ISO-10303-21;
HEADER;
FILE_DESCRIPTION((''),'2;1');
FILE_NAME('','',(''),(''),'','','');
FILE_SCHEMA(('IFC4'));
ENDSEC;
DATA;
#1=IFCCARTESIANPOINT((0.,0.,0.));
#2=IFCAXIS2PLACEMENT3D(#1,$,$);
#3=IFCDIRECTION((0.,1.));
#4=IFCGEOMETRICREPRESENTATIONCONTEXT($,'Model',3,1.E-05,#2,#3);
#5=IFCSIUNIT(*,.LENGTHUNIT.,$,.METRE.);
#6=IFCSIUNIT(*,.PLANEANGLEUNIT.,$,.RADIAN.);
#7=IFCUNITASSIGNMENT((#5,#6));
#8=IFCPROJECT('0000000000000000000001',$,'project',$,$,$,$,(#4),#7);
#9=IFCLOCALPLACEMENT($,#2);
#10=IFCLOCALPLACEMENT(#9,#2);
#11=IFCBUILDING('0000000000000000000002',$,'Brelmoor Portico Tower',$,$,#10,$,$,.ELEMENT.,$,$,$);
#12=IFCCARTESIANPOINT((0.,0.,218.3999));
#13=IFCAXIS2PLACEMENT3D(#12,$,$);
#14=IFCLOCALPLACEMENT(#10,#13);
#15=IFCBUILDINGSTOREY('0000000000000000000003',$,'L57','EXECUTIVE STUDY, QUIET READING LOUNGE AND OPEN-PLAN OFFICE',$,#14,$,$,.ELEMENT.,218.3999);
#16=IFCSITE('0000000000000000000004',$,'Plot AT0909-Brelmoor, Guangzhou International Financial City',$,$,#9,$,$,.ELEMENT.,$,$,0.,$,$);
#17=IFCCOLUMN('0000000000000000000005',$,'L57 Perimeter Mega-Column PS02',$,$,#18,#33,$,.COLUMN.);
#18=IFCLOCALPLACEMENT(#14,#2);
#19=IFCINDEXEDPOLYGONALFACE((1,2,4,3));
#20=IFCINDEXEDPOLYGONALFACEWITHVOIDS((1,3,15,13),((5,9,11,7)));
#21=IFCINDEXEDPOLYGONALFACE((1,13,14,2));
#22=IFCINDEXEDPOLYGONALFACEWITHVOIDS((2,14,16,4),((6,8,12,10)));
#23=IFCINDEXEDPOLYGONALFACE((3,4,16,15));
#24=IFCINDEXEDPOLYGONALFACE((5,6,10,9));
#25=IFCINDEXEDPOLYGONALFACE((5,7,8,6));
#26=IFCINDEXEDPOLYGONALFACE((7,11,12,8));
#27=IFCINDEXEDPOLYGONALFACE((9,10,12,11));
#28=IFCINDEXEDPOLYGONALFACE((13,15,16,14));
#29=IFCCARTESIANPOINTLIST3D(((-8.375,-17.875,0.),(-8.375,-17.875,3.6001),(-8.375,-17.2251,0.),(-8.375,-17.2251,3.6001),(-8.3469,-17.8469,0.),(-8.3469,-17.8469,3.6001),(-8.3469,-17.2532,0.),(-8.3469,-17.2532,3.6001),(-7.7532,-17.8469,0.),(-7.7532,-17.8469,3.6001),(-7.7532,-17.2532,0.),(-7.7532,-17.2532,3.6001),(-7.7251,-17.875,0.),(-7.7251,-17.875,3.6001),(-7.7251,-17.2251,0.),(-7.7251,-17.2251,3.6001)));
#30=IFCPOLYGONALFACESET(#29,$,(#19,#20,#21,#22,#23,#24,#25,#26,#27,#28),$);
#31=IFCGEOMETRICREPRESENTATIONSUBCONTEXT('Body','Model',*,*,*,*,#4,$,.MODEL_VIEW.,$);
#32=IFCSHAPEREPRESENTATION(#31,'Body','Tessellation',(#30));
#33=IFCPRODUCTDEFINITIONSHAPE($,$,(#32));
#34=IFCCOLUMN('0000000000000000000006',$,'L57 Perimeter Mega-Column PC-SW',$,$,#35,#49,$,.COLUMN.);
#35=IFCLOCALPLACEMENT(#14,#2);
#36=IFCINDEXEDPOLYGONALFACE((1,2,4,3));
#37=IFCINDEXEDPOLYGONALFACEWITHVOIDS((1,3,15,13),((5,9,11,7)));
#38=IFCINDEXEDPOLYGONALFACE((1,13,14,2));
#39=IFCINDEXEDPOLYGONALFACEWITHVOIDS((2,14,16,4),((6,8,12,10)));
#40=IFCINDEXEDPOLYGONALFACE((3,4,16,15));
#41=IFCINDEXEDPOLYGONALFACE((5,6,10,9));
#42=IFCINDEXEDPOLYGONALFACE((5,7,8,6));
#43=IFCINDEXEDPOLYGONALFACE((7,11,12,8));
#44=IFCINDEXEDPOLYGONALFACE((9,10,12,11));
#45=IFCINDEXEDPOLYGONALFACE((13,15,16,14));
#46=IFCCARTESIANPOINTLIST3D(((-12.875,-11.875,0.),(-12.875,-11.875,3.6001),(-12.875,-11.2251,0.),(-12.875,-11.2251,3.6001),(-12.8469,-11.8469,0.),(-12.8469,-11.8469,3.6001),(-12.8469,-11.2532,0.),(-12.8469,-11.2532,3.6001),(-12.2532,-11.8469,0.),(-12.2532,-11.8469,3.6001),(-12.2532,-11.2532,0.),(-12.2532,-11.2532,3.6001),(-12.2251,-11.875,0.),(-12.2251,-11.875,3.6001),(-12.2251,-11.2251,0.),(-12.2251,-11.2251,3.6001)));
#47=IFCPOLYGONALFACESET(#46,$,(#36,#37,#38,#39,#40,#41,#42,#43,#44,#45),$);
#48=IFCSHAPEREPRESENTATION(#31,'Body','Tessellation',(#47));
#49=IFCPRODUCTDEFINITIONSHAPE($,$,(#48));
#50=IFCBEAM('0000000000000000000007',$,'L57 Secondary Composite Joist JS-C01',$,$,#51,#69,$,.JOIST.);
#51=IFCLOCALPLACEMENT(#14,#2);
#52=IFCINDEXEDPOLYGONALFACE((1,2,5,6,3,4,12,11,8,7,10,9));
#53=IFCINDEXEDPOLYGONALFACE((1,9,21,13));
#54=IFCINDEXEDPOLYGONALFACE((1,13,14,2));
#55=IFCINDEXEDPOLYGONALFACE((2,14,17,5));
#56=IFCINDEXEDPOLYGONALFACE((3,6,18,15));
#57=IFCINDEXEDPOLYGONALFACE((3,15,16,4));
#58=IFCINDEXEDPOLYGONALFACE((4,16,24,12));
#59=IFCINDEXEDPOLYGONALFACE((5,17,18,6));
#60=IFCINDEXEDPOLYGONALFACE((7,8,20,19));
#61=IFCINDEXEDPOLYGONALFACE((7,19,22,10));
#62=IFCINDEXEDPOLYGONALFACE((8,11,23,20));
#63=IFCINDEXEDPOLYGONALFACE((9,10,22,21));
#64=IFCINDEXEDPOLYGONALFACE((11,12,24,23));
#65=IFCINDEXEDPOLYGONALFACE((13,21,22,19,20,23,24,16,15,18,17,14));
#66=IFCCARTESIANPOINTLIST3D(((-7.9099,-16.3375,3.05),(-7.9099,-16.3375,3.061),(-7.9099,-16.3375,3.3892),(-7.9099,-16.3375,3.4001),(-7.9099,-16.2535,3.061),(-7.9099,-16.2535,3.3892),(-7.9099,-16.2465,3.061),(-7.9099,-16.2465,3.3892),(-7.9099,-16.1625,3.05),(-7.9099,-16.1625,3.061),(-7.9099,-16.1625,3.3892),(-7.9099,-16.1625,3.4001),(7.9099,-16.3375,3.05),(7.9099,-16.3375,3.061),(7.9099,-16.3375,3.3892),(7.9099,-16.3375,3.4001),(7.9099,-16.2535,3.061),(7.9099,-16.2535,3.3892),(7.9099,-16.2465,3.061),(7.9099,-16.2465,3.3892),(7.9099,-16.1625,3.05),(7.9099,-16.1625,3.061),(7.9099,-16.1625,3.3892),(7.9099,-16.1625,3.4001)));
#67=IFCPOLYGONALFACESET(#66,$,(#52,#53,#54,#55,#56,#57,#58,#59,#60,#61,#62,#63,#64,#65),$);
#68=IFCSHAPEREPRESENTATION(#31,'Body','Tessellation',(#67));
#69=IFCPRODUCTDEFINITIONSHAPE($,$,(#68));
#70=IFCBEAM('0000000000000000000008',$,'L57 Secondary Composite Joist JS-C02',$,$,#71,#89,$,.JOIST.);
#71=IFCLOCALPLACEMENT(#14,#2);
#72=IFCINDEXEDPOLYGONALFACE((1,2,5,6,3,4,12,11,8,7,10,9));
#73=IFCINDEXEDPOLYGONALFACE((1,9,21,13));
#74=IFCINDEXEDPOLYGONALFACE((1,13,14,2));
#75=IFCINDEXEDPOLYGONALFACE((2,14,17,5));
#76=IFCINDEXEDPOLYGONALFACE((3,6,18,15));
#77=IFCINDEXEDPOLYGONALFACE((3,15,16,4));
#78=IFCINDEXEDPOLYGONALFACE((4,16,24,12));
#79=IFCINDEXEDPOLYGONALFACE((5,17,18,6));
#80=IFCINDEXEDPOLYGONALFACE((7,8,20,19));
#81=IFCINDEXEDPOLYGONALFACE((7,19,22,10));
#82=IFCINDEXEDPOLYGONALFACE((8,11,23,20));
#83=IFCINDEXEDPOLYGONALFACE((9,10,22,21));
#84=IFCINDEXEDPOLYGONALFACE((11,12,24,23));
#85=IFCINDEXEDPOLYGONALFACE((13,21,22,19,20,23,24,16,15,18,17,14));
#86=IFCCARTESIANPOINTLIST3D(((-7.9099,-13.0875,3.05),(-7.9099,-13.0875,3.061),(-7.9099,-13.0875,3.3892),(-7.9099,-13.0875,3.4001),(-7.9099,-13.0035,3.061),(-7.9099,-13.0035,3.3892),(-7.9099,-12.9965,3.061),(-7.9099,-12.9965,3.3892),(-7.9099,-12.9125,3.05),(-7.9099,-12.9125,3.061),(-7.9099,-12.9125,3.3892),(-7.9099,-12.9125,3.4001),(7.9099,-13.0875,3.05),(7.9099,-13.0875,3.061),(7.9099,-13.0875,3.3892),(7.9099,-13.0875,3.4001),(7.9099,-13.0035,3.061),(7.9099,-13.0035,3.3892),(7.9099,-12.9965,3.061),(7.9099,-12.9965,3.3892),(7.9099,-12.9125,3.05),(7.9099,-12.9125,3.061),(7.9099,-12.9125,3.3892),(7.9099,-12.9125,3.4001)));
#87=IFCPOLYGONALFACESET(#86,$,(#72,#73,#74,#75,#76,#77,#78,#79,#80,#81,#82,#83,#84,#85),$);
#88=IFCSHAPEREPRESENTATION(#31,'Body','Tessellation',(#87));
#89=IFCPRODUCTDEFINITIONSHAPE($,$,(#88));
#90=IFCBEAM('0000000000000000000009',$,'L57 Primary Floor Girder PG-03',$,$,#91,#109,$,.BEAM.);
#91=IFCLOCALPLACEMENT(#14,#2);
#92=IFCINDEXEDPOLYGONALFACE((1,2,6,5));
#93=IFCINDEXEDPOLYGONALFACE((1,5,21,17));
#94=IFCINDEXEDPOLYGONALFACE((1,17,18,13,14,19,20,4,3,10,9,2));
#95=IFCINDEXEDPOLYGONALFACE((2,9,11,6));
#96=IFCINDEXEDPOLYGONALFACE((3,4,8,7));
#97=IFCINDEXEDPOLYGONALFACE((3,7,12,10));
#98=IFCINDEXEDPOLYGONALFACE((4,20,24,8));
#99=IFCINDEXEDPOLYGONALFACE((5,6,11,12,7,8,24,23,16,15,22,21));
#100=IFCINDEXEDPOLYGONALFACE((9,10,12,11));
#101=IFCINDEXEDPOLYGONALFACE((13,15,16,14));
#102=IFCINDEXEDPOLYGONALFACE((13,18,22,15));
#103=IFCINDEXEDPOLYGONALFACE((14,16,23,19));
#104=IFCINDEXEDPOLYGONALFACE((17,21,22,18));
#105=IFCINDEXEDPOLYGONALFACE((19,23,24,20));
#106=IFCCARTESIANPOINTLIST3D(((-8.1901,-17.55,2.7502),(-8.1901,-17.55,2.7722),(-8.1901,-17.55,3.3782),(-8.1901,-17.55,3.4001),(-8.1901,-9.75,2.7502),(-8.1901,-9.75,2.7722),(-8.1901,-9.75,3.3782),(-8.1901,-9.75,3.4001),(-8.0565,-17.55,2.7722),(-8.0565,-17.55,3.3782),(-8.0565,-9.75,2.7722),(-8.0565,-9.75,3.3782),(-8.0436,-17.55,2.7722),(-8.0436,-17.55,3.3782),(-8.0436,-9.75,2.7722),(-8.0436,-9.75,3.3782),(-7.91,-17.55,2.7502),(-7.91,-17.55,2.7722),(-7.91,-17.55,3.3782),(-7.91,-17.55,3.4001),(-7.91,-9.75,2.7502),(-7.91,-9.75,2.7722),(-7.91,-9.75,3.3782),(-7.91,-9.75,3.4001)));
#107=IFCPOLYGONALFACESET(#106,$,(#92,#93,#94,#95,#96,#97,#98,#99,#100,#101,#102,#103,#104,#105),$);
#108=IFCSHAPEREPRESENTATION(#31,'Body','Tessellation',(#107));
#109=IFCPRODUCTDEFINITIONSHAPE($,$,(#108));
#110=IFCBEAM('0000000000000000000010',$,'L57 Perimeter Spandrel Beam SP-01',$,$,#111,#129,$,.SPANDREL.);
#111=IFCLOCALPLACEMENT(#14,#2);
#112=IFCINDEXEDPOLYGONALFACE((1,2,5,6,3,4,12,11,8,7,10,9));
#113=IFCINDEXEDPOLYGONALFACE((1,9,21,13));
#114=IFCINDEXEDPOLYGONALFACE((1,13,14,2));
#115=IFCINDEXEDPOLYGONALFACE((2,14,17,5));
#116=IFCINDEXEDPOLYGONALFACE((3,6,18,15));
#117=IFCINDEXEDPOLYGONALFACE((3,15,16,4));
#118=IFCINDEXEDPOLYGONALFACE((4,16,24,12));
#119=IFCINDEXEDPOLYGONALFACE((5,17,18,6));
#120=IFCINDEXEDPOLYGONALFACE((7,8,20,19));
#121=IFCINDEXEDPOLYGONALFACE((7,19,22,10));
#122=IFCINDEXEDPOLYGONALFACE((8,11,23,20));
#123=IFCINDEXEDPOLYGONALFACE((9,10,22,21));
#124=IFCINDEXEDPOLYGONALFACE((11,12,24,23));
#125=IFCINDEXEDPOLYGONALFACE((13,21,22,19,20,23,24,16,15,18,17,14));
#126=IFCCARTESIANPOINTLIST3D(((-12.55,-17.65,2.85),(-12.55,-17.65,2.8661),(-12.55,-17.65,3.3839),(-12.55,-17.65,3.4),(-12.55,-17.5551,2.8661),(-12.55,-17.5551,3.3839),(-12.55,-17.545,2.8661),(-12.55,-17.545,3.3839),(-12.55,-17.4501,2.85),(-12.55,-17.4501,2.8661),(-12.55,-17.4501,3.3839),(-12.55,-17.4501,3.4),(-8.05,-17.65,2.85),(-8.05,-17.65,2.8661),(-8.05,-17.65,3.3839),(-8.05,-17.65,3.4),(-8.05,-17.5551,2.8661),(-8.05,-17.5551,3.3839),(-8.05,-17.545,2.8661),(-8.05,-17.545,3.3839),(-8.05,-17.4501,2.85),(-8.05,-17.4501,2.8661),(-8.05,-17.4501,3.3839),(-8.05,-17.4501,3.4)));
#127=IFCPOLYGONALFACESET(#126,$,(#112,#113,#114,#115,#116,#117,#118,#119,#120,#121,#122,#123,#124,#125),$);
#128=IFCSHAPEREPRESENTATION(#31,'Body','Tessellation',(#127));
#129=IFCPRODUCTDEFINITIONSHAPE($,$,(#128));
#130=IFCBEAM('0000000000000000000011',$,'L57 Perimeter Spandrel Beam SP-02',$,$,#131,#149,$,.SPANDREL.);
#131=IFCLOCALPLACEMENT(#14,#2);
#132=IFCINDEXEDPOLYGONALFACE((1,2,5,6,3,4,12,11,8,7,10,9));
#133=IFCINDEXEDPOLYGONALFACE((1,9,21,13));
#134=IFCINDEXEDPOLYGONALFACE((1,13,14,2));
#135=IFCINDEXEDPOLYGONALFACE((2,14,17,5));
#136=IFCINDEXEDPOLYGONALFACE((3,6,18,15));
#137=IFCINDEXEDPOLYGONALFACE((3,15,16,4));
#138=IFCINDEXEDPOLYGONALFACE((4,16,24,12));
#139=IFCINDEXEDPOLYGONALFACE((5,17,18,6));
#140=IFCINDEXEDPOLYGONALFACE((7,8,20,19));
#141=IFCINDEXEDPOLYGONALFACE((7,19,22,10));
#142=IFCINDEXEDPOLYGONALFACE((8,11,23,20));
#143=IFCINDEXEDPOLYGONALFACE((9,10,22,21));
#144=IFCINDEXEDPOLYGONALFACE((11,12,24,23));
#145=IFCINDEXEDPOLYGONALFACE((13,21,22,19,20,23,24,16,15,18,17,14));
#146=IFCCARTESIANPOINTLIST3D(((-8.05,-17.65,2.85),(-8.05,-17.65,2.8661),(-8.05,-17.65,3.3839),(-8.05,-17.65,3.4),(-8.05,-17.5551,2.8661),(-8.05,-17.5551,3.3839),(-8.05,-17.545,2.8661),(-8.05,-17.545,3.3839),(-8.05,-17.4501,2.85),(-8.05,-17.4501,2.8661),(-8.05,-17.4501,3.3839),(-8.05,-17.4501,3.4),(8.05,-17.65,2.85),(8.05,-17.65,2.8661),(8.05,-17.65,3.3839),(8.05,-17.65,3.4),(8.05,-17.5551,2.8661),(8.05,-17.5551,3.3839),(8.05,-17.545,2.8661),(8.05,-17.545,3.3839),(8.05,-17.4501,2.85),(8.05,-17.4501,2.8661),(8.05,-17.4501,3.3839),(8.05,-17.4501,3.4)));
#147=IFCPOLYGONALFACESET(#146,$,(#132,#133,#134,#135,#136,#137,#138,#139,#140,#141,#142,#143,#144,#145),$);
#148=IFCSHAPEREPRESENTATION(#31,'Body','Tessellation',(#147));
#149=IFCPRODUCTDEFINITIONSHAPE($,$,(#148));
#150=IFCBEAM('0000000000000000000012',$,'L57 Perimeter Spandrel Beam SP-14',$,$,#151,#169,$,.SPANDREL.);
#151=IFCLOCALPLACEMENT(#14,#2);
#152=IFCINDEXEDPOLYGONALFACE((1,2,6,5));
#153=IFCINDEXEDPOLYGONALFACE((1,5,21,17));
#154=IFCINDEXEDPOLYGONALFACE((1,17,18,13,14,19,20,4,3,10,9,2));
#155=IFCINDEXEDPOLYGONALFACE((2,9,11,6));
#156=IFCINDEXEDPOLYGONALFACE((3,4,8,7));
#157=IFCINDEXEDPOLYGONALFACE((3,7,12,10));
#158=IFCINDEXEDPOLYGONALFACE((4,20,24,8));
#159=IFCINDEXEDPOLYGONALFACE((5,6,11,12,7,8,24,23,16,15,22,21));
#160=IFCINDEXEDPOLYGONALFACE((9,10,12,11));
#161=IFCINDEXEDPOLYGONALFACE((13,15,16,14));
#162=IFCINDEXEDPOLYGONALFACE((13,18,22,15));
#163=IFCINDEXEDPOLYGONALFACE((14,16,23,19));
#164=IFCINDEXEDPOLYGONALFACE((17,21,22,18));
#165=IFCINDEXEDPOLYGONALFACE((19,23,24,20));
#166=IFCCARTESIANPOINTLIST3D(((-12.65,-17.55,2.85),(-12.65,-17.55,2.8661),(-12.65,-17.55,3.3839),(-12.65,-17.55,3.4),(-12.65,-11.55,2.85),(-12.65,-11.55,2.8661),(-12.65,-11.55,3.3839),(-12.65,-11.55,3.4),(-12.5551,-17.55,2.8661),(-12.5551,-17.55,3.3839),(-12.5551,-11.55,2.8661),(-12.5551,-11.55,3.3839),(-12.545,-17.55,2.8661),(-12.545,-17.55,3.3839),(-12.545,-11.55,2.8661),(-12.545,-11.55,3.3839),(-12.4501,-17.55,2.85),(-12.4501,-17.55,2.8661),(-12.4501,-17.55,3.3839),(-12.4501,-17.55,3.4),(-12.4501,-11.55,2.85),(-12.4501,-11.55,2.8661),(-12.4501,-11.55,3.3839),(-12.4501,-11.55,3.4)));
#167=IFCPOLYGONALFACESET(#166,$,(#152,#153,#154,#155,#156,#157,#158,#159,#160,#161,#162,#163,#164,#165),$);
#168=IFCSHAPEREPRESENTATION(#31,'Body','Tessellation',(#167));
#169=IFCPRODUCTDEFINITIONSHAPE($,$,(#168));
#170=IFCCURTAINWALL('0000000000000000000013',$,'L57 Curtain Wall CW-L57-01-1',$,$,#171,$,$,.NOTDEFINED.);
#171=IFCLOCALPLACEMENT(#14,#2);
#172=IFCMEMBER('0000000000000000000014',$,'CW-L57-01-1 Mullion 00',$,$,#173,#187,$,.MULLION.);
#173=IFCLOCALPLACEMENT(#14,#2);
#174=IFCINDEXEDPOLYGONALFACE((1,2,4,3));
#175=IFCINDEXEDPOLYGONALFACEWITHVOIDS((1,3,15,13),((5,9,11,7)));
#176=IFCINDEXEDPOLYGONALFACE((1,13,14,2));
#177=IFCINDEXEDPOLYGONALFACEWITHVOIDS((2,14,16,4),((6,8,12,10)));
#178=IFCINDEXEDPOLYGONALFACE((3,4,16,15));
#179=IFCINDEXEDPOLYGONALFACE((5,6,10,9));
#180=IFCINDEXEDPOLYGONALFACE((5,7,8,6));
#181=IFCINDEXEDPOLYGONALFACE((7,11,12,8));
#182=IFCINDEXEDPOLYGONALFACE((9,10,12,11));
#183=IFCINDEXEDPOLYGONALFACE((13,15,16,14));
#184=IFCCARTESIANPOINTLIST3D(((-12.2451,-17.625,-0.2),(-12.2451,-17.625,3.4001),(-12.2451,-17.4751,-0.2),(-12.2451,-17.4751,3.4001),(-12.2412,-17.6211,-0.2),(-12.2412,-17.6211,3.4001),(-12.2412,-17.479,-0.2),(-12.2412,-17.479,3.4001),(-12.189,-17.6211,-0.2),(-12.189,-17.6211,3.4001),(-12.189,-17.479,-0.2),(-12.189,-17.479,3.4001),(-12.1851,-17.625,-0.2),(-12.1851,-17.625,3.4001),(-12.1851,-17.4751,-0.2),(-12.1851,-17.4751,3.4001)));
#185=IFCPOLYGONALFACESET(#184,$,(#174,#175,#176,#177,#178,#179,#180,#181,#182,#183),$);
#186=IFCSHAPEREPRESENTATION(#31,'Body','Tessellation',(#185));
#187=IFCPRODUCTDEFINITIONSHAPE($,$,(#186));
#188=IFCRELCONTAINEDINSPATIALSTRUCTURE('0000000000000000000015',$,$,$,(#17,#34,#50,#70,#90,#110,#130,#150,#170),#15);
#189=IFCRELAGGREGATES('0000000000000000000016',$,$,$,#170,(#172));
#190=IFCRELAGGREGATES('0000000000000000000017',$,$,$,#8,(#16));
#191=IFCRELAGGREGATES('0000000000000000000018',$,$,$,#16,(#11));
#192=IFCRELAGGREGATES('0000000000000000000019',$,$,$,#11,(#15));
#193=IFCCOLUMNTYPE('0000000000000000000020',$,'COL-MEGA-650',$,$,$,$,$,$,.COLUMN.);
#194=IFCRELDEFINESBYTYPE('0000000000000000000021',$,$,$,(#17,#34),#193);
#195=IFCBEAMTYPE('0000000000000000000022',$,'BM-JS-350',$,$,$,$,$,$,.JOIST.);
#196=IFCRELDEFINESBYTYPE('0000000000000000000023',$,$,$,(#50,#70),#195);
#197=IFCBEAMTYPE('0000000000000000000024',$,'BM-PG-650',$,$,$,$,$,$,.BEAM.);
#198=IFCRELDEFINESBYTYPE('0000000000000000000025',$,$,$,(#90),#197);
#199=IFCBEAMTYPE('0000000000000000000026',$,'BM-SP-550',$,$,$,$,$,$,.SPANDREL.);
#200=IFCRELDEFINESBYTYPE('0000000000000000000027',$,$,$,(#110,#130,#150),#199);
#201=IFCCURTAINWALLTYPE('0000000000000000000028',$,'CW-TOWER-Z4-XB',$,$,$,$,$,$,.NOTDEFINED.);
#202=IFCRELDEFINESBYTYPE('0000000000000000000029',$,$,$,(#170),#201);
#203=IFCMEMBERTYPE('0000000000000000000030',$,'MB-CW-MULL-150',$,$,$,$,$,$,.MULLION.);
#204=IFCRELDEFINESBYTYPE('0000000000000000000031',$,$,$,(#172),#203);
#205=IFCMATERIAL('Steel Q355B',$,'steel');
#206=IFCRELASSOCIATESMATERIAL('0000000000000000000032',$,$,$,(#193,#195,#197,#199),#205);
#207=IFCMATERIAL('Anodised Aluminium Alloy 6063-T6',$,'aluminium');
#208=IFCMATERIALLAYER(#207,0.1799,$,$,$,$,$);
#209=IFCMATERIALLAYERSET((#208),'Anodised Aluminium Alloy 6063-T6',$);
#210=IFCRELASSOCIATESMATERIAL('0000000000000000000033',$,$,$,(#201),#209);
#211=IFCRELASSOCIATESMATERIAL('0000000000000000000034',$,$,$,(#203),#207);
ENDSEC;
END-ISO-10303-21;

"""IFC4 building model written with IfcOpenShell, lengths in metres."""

from ifc_helpers import new_model, si_unit, direction, frame, origin, origin_2d, place, context, subcontext, project, spatial, hollow_rectangle, i_section, extrude, material, layer, layer_set, material_profile, profile_set, type_object, element, aggregate, save


model = new_model("IFC4")

# Units and contexts
model_context = context("Model", 3, precision=1e-05, world=origin(), true_north=direction((0.0, 1.0)))
body_context = subcontext(model_context, "Body", "Model", "MODEL_VIEW")
ifc_project = project(units=[si_unit("LENGTHUNIT", "METRE"), si_unit("PLANEANGLEUNIT", "RADIAN")], contexts=[model_context])

# Site, building, storey
site_placement = place(None, origin())
site = spatial("IfcSite", under=ifc_project, at=site_placement, Name="Plot AT0909-Brelmoor, Guangzhou International Financial City", CompositionType="ELEMENT", RefElevation=0.0)
building_placement = place(site_placement, origin())
building = spatial("IfcBuilding", under=site, at=building_placement, Name="Brelmoor Portico Tower", CompositionType="ELEMENT")
storey_placement = place(building_placement, frame((0.0, 0.0, 218.3999)))
storey = spatial("IfcBuildingStorey", under=building, at=storey_placement, Name="L57", Description="EXECUTIVE STUDY, QUIET READING LOUNGE AND OPEN-PLAN OFFICE", CompositionType="ELEMENT", Elevation=218.3999)

# Columns
ifc_material_1 = material(Name="Steel Q355B", Category="steel")
ifc_material_profile_1 = material_profile(ifc_material_1, hollow_rectangle(XDim=0.6499, YDim=0.6499, WallThickness=0.0281, at=origin_2d()), Name="BOX 650x650x28")
ifc_profile_set_1 = profile_set([ifc_material_profile_1], Name="Steel Q355B")
column_type = type_object("IfcColumnType", Name="COL-MEGA-650", PredefinedType="COLUMN", material=ifc_profile_set_1)
for number, where, z_axis, x_axis, name in (
    (1, (-8.05, -17.55, 0.0), (0.0, 0.0, 1.0), (1.0, 0.0, 0.0), "L57 Perimeter Mega-Column PS02"),
    (2, (-12.55, -11.55, 0.0), (0.0, 0.0, 1.0), (1.0, 0.0, 0.0), "L57 Perimeter Mega-Column PC-SW"),
):
    element("IfcColumn", number, at=place(storey_placement, frame(where, z_axis=z_axis, x_axis=x_axis)), inside=storey, type_object=column_type, Name=name, PredefinedType="COLUMN", context=body_context, shape_type="SweptSolid", body=[
        extrude(hollow_rectangle(XDim=0.6499, YDim=0.6499, WallThickness=0.0281, at=origin_2d()), origin(), (0.0, 0.0, 1.0), 3.6001),
    ])

# Beams
ifc_material_profile_2 = material_profile(ifc_material_1, i_section(OverallWidth=0.175, OverallDepth=0.3501, WebThickness=0.0071, FlangeThickness=0.011, at=origin_2d()), Name="HN 350x175x7x11")
ifc_profile_set_2 = profile_set([ifc_material_profile_2], Name="Steel Q355B")
beam_type_1 = type_object("IfcBeamType", Name="BM-JS-350", PredefinedType="JOIST", material=ifc_profile_set_2)
for number, where, z_axis, x_axis, name in (
    (3, (-7.9099, -16.25, 3.2251), (1.0, 0.0, 0.0), (0.0, 1.0, 0.0), "L57 Secondary Composite Joist JS-C01"),
    (4, (-7.9099, -13.0, 3.2251), (1.0, 0.0, 0.0), (0.0, 1.0, 0.0), "L57 Secondary Composite Joist JS-C02"),
):
    element("IfcBeam", number, at=place(storey_placement, frame(where, z_axis=z_axis, x_axis=x_axis)), inside=storey, type_object=beam_type_1, Name=name, PredefinedType="JOIST", context=body_context, shape_type="SweptSolid", body=[
        extrude(i_section(OverallWidth=0.175, OverallDepth=0.3501, WebThickness=0.0071, FlangeThickness=0.011, at=origin_2d()), origin(), (0.0, 0.0, 1.0), 15.8198),
    ])
ifc_material_profile_3 = material_profile(ifc_material_1, i_section(OverallWidth=0.28, OverallDepth=0.6499, WebThickness=0.0129, FlangeThickness=0.022, at=origin_2d()), Name="HN 650x280x13x22")
ifc_profile_set_3 = profile_set([ifc_material_profile_3], Name="Steel Q355B")
beam_type_2 = type_object("IfcBeamType", Name="BM-PG-650", PredefinedType="BEAM", material=ifc_profile_set_3)
beam_1_placement = place(storey_placement, frame((-8.05, -17.55, 3.0752), z_axis=(0.0, 1.0, 0.0), x_axis=(-1.0, 0.0, 0.0)))
element("IfcBeam", 5, at=beam_1_placement, inside=storey, type_object=beam_type_2, Name="L57 Primary Floor Girder PG-03", PredefinedType="BEAM", context=body_context, shape_type="SweptSolid", body=[
    extrude(i_section(OverallWidth=0.28, OverallDepth=0.6499, WebThickness=0.0129, FlangeThickness=0.022, at=origin_2d()), origin(), (0.0, 0.0, 1.0), 7.8),
])
ifc_material_profile_4 = material_profile(ifc_material_1, i_section(OverallWidth=0.2, OverallDepth=0.55, WebThickness=0.01, FlangeThickness=0.0161, at=origin_2d()), Name="HN 550x200x10x16")
ifc_profile_set_4 = profile_set([ifc_material_profile_4], Name="Steel Q355B")
beam_type_3 = type_object("IfcBeamType", Name="BM-SP-550", PredefinedType="SPANDREL", material=ifc_profile_set_4)
beam_2_placement = place(storey_placement, frame((-12.55, -17.55, 3.125), z_axis=(1.0, 0.0, 0.0), x_axis=(0.0, 1.0, 0.0)))
element("IfcBeam", 6, at=beam_2_placement, inside=storey, type_object=beam_type_3, Name="L57 Perimeter Spandrel Beam SP-01", PredefinedType="SPANDREL", context=body_context, shape_type="SweptSolid", body=[
    extrude(i_section(OverallWidth=0.2, OverallDepth=0.55, WebThickness=0.01, FlangeThickness=0.0161, at=origin_2d()), origin(), (0.0, 0.0, 1.0), 4.5),
])
beam_3_placement = place(storey_placement, frame((-8.05, -17.55, 3.125), z_axis=(1.0, 0.0, 0.0), x_axis=(0.0, 1.0, 0.0)))
element("IfcBeam", 7, at=beam_3_placement, inside=storey, type_object=beam_type_3, Name="L57 Perimeter Spandrel Beam SP-02", PredefinedType="SPANDREL", context=body_context, shape_type="SweptSolid", body=[
    extrude(i_section(OverallWidth=0.2, OverallDepth=0.55, WebThickness=0.01, FlangeThickness=0.0161, at=origin_2d()), origin(), (0.0, 0.0, 1.0), 16.1001),
])
beam_4_placement = place(storey_placement, frame((-12.55, -17.55, 3.125), z_axis=(0.0, 1.0, 0.0), x_axis=(-1.0, 0.0, 0.0)))
element("IfcBeam", 8, at=beam_4_placement, inside=storey, type_object=beam_type_3, Name="L57 Perimeter Spandrel Beam SP-14", PredefinedType="SPANDREL", context=body_context, shape_type="SweptSolid", body=[
    extrude(i_section(OverallWidth=0.2, OverallDepth=0.55, WebThickness=0.01, FlangeThickness=0.0161, at=origin_2d()), origin(), (0.0, 0.0, 1.0), 6.0),
])

# Curtain wall, member
ifc_material_2 = material(Name="Anodised Aluminium Alloy 6063-T6", Category="aluminium")
ifc_layer_1 = layer(ifc_material_2, 0.1799)
ifc_layer_set_1 = layer_set([ifc_layer_1], Name="Anodised Aluminium Alloy 6063-T6")
curtain_wall_type = type_object("IfcCurtainWallType", Name="CW-TOWER-Z4-XB", PredefinedType="NOTDEFINED", material=ifc_layer_set_1)
curtain_wall_1_placement = place(storey_placement, origin())
curtain_wall_1 = element("IfcCurtainWall", 9, at=curtain_wall_1_placement, inside=storey, type_object=curtain_wall_type, Name="L57 Curtain Wall CW-L57-01-1", PredefinedType="NOTDEFINED")
ifc_material_profile_5 = material_profile(ifc_material_2, hollow_rectangle(XDim=0.0601, YDim=0.1499, WallThickness=0.0039, at=origin_2d()), Name="ALU MULLION 60x150")
ifc_profile_set_5 = profile_set([ifc_material_profile_5], Name="Anodised Aluminium Alloy 6063-T6")
member_type_1 = type_object("IfcMemberType", Name="MB-CW-MULL-150", PredefinedType="MULLION", material=ifc_profile_set_5)
member_1_placement = place(storey_placement, frame((-12.2151, -17.55, -0.2), z_axis=(0.0, 0.0, 1.0), x_axis=(1.0, 0.0, 0.0)))
member_1 = element("IfcMember", 10, at=member_1_placement, type_object=member_type_1, Name="CW-L57-01-1 Mullion 00", PredefinedType="MULLION", context=body_context, shape_type="SweptSolid", body=[
    extrude(hollow_rectangle(XDim=0.0601, YDim=0.1499, WallThickness=0.0039, at=origin_2d()), origin(), (0.0, 0.0, 1.0), 3.6001),
])

aggregate(curtain_wall_1, [member_1])

save(model, "model.ifc")
